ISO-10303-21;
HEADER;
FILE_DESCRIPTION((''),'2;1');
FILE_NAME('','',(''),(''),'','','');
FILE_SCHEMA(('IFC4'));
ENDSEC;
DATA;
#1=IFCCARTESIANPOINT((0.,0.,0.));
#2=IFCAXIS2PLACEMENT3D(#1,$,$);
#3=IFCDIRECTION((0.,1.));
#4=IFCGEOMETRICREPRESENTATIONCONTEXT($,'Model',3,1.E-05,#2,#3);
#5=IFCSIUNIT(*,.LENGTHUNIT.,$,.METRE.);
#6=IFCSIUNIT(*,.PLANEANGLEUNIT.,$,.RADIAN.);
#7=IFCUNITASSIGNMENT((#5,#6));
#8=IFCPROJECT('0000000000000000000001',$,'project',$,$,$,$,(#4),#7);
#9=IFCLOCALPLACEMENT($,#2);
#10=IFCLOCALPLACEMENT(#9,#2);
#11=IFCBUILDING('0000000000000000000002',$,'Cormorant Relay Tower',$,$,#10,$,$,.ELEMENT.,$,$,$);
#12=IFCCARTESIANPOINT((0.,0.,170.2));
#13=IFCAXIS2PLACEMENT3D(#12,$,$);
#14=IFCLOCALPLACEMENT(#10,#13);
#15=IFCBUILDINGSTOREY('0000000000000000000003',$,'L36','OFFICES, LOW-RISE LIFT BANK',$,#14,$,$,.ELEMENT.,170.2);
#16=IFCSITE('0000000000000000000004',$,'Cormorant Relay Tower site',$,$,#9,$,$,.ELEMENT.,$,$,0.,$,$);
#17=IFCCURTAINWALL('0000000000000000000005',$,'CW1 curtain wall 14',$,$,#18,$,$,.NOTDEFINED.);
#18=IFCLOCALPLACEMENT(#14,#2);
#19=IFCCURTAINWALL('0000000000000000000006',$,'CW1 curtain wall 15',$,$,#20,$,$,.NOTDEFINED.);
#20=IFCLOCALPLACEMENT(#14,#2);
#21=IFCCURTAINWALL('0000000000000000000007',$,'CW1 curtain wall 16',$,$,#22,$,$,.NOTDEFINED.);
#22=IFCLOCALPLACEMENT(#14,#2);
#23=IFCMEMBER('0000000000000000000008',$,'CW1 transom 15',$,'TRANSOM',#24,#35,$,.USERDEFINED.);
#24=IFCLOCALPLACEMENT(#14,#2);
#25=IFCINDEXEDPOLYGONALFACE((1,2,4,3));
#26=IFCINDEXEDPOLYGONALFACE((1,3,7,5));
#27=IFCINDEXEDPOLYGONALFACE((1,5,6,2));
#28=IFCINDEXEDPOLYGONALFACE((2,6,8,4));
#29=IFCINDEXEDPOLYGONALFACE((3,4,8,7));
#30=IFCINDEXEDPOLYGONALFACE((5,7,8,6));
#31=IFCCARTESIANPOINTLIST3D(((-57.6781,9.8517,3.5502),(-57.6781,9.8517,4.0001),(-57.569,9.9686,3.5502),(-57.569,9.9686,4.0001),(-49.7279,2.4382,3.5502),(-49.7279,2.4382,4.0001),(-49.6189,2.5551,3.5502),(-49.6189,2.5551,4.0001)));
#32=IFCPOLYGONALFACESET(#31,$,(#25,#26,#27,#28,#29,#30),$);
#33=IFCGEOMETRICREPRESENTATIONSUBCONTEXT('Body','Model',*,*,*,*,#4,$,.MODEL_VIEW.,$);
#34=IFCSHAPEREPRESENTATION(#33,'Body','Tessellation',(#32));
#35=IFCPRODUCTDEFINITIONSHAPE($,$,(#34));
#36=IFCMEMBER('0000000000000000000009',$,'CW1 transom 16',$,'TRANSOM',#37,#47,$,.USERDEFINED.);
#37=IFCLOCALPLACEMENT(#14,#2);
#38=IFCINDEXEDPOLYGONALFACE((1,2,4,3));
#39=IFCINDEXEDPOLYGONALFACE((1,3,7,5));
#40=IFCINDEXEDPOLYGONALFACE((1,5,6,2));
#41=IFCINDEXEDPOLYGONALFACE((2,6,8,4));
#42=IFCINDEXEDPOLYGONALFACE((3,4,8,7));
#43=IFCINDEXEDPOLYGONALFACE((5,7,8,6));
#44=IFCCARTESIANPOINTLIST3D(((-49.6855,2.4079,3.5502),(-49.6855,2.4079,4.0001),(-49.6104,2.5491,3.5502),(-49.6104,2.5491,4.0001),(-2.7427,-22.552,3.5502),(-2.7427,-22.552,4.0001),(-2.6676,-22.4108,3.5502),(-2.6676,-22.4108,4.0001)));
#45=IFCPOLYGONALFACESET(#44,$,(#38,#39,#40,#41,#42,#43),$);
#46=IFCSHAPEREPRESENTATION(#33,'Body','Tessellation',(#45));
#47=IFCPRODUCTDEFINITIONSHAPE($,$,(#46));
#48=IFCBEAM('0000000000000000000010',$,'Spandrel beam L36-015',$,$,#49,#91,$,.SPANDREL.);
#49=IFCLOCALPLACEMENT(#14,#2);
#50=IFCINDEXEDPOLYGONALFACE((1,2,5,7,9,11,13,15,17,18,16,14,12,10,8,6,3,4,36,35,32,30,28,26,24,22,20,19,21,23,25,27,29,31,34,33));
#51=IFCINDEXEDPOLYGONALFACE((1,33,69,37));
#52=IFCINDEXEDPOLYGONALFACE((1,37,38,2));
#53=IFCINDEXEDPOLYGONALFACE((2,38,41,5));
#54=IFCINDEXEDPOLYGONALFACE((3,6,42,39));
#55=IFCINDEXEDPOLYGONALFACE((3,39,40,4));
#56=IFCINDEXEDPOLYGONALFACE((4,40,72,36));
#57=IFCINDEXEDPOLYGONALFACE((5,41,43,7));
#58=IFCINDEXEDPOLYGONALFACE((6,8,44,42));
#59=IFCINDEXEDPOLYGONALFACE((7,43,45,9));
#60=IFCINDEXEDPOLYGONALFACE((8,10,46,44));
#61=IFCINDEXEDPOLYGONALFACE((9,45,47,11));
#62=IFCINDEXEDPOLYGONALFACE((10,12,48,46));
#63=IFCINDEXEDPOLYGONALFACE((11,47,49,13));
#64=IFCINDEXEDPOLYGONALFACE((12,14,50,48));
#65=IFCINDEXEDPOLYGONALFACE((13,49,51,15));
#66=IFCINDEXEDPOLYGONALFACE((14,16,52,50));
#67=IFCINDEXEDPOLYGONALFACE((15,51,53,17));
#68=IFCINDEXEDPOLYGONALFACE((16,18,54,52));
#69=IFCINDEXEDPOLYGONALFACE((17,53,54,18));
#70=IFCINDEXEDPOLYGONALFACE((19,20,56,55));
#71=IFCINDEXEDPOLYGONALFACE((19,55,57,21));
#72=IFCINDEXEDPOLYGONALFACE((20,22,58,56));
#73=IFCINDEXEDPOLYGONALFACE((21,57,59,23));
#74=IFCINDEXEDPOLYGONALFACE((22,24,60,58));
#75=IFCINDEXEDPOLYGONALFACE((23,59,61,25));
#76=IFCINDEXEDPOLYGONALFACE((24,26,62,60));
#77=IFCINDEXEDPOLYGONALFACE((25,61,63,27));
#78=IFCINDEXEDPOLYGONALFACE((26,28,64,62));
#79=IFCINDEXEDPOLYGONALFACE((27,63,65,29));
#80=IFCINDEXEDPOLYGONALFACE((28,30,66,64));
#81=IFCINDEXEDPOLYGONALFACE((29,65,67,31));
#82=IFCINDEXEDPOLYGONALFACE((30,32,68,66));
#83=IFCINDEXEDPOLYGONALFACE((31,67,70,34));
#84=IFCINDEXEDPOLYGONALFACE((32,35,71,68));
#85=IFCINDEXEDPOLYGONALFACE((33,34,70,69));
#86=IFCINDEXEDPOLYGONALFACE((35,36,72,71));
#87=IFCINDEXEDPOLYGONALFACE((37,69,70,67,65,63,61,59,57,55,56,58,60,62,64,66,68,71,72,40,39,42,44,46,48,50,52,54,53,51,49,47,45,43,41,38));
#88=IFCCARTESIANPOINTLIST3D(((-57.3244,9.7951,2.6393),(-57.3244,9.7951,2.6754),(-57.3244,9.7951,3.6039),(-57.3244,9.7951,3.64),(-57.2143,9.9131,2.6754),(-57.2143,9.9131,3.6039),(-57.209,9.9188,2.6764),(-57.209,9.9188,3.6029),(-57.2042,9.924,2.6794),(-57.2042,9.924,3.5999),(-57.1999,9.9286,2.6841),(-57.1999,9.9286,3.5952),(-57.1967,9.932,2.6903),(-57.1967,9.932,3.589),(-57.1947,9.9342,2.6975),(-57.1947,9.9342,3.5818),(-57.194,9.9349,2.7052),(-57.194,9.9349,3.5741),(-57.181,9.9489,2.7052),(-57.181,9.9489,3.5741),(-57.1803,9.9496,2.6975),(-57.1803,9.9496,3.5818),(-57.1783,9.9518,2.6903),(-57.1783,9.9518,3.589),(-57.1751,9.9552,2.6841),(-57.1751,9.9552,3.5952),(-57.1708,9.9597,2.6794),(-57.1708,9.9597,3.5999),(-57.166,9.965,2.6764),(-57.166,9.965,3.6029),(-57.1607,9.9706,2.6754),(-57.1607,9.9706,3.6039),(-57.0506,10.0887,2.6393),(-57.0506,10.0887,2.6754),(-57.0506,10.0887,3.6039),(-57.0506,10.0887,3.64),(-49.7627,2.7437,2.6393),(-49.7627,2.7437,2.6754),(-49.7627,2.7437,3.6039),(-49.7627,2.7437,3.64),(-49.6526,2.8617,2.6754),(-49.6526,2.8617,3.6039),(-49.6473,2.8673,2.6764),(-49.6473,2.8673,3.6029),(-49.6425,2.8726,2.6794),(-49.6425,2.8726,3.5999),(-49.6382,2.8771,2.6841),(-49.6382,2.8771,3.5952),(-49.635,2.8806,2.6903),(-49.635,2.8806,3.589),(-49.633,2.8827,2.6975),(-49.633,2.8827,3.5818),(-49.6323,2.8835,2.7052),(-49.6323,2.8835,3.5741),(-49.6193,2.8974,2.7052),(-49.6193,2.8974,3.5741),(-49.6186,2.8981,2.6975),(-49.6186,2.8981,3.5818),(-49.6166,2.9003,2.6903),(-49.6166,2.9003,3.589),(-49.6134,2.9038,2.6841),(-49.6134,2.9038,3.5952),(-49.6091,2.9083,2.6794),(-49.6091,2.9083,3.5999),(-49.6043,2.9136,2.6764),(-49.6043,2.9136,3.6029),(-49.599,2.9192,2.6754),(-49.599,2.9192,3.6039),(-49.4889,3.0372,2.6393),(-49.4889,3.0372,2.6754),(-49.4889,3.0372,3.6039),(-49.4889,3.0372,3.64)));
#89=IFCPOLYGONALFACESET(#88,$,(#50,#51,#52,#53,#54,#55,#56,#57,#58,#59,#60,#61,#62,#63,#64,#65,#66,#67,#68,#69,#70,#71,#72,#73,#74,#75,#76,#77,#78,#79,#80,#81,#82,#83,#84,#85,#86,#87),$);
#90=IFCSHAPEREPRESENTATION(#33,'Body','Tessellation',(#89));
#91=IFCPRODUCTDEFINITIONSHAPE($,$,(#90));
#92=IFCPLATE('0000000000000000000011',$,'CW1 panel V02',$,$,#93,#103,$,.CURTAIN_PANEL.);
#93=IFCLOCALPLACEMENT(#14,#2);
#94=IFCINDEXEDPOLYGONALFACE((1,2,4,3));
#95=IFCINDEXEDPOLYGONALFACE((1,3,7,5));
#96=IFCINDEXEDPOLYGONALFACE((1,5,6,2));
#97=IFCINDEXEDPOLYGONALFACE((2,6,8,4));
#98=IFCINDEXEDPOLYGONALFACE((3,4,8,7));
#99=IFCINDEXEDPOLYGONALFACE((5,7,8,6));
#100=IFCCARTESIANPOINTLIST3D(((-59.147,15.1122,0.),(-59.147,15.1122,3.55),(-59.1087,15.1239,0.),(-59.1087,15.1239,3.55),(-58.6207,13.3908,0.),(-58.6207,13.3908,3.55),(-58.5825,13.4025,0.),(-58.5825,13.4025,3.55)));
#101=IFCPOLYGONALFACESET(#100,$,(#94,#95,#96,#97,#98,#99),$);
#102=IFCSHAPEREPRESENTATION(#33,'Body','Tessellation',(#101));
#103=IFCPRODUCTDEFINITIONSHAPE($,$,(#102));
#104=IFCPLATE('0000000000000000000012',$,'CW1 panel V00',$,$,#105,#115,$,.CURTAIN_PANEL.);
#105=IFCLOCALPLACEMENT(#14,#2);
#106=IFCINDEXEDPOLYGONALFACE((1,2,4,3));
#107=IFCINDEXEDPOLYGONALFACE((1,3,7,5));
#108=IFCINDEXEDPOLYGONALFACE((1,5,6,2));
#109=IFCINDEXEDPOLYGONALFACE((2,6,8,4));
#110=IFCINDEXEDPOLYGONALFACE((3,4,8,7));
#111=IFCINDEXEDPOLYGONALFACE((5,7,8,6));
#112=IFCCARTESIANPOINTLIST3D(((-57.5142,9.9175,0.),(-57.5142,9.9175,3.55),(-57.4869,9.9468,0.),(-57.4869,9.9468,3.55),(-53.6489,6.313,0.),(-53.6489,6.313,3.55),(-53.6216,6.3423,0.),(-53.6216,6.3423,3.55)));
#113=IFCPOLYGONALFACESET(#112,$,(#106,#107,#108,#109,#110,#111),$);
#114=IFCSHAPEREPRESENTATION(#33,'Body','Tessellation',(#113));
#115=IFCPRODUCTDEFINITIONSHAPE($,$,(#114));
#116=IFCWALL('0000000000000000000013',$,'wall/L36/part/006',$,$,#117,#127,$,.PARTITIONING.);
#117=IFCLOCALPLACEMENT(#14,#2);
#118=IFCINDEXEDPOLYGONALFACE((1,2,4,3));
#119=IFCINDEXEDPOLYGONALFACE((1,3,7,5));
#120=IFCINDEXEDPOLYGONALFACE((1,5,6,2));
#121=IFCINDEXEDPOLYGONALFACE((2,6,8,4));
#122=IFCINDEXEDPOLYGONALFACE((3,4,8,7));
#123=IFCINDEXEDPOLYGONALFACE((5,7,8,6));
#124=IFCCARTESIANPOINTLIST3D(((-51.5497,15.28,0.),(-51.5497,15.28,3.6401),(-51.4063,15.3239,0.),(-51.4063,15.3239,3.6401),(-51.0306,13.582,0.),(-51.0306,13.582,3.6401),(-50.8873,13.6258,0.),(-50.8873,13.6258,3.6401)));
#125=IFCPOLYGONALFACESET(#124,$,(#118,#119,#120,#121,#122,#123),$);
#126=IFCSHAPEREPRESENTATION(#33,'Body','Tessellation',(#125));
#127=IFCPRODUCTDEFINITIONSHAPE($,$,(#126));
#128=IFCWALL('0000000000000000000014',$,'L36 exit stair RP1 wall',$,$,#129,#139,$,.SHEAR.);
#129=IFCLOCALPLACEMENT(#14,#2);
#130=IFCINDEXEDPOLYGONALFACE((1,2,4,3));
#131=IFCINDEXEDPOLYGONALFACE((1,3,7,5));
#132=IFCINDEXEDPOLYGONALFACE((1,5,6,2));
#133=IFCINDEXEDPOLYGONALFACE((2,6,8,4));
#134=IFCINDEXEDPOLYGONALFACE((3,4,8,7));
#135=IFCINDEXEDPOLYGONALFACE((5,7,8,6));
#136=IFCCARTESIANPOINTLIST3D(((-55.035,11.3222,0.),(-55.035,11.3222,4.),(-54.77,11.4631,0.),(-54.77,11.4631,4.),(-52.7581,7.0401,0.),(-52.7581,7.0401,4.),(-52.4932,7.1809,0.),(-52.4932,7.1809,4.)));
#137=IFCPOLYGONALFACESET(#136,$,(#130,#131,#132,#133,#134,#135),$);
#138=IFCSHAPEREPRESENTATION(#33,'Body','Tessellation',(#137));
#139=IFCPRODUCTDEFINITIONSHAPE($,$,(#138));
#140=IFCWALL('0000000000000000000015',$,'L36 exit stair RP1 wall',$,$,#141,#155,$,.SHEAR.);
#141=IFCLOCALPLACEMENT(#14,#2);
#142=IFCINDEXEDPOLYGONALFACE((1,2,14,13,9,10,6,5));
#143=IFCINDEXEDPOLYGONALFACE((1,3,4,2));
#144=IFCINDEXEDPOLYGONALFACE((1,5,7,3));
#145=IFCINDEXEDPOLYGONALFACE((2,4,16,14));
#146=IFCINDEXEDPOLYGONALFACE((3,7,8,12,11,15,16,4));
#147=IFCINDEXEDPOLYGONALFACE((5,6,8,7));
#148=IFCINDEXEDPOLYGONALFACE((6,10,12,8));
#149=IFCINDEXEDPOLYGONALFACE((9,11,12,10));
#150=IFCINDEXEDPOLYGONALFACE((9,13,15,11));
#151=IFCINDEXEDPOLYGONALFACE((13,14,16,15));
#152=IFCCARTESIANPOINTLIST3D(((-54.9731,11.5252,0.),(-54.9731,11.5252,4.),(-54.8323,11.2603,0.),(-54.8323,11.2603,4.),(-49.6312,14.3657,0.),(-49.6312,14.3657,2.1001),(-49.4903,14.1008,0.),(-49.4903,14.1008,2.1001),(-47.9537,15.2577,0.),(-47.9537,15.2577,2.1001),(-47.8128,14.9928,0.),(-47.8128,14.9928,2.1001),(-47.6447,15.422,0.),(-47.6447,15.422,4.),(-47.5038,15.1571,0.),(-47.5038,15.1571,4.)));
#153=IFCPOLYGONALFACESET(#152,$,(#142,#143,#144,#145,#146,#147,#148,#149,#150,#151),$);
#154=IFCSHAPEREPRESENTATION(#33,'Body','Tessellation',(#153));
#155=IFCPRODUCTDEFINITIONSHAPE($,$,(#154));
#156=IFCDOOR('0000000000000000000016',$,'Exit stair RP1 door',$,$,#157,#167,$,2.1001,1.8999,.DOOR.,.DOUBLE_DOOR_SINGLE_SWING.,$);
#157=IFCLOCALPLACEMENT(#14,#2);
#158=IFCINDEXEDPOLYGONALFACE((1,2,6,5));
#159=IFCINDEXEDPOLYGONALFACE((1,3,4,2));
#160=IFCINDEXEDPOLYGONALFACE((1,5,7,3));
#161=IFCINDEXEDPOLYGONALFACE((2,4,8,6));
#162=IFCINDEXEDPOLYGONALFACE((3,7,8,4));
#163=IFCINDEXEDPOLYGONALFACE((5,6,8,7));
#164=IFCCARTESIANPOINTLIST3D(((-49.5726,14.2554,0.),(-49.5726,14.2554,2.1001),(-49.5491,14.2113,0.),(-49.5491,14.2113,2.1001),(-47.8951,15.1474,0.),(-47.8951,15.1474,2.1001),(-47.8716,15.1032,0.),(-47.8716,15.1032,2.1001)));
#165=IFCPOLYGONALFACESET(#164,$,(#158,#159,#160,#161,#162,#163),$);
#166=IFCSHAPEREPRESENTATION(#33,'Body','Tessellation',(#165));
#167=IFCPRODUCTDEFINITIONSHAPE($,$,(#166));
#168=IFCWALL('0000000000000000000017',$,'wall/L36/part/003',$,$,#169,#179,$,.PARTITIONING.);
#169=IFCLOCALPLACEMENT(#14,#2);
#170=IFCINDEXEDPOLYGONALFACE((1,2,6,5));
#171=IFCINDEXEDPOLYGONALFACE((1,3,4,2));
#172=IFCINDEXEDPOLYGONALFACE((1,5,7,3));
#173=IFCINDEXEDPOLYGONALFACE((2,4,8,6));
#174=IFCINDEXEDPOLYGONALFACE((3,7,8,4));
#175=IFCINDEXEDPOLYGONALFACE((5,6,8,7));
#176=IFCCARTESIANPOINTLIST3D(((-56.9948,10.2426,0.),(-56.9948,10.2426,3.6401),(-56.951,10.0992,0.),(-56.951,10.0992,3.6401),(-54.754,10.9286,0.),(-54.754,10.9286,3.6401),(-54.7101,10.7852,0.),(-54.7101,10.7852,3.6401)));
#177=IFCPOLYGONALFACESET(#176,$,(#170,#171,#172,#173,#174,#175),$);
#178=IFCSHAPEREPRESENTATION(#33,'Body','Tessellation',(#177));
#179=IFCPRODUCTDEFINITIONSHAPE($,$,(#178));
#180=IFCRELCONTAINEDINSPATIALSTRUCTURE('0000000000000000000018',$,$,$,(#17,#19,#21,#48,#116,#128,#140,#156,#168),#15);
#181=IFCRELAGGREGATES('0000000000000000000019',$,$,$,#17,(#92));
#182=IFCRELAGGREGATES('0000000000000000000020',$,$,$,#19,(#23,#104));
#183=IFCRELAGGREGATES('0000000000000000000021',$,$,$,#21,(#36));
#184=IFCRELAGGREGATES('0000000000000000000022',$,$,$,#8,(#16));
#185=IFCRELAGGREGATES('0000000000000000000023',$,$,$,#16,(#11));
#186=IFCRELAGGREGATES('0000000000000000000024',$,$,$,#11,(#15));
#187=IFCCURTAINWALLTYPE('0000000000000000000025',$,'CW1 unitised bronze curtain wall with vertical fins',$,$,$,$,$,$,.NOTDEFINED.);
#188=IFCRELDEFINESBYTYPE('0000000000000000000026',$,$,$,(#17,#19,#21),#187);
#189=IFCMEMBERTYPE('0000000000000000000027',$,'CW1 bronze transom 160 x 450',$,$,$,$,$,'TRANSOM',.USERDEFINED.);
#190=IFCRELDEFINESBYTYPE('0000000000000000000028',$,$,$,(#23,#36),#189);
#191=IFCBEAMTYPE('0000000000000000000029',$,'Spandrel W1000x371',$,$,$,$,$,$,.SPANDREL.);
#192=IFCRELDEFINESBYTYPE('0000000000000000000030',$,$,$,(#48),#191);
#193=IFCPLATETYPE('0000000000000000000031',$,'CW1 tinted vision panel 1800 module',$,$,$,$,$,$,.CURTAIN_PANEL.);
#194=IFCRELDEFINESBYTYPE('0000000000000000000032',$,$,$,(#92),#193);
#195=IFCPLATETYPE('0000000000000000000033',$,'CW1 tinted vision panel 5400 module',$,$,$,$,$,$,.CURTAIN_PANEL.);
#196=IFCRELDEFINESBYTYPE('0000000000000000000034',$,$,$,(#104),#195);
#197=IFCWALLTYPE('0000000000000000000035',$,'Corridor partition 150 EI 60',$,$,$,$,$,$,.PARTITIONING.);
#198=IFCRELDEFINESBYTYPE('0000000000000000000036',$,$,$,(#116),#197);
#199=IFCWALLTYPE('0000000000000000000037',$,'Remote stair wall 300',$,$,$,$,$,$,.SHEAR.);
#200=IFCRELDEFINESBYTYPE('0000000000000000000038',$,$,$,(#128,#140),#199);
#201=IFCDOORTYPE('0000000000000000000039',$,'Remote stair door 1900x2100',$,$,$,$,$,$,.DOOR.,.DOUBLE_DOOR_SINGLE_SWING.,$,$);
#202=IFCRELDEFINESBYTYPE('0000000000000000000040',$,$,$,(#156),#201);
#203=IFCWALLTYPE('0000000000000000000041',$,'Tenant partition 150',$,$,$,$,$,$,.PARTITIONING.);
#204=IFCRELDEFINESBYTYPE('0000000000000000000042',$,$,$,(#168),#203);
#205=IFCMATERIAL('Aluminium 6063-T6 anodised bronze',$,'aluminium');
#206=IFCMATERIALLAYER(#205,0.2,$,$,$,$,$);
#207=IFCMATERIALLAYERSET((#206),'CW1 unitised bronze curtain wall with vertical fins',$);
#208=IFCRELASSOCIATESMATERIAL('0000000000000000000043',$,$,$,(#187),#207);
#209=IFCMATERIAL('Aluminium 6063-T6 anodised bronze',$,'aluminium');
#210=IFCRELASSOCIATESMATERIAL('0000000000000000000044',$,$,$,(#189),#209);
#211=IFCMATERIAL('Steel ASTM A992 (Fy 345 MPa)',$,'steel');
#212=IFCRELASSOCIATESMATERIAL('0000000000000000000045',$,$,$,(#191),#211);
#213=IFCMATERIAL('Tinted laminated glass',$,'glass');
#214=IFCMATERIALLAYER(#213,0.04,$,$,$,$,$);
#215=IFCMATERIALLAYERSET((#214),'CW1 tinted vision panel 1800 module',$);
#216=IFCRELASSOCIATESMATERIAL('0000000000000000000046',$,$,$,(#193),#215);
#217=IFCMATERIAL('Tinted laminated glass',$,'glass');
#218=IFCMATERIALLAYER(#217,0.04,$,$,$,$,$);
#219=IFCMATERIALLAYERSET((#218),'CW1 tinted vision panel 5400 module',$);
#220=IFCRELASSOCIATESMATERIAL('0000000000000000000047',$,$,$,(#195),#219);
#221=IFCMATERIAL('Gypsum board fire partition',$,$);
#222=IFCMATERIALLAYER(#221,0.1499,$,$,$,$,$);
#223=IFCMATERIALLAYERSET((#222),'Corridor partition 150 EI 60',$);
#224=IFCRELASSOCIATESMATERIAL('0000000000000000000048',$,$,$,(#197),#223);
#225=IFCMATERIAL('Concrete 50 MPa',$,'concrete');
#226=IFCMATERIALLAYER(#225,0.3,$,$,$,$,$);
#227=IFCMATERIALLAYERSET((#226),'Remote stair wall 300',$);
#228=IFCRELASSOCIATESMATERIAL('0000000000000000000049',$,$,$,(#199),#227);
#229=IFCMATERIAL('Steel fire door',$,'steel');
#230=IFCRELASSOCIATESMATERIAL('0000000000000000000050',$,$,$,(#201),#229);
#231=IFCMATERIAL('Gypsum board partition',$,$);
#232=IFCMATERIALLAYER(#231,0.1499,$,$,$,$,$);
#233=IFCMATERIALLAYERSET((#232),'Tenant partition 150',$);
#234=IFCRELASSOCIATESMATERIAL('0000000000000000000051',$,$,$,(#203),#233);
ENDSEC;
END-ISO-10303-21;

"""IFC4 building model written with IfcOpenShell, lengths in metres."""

from ifc_helpers import new_model, si_unit, direction, frame, frame_2d, origin, origin_2d, place, context, subcontext, project, spatial, rectangle, i_section, extrude, material, layer, layer_set, material_profile, profile_set, type_object, element, fill, aggregate, save


model = new_model("IFC4")

# Units and contexts
model_context = context("Model", 3, precision=1e-05, world=origin(), true_north=direction((0.0, 1.0)))
body_context = subcontext(model_context, "Body", "Model", "MODEL_VIEW")
ifc_project = project(units=[si_unit("LENGTHUNIT", "METRE"), si_unit("PLANEANGLEUNIT", "RADIAN")], contexts=[model_context])

# Site, building, storey
site_placement = place(None, origin())
site = spatial("IfcSite", under=ifc_project, at=site_placement, Name="Cormorant Relay Tower site", CompositionType="ELEMENT", RefElevation=0.0)
building_placement = place(site_placement, origin())
building = spatial("IfcBuilding", under=site, at=building_placement, Name="Cormorant Relay Tower", CompositionType="ELEMENT")
storey_placement = place(building_placement, frame((0.0, 0.0, 170.2)))
storey = spatial("IfcBuildingStorey", under=building, at=storey_placement, Name="L36", Description="OFFICES, LOW-RISE LIFT BANK", CompositionType="ELEMENT", Elevation=170.2)

# Curtain wall
ifc_material_1 = material(Name="Aluminium 6063-T6 anodised bronze", Category="aluminium")
ifc_layer_1 = layer(ifc_material_1, 0.2)
ifc_layer_set_1 = layer_set([ifc_layer_1], Name="CW1 unitised bronze curtain wall with vertical fins")
curtain_wall_type = type_object("IfcCurtainWallType", Name="CW1 unitised bronze curtain wall with vertical fins", PredefinedType="NOTDEFINED", material=ifc_layer_set_1)
curtain_wall_1_placement = place(storey_placement, origin())
curtain_wall_1 = element("IfcCurtainWall", 1, at=curtain_wall_1_placement, inside=storey, type_object=curtain_wall_type, Name="CW1 curtain wall 14", PredefinedType="NOTDEFINED")

# Curtain wall
curtain_wall_2_placement = place(storey_placement, origin())
curtain_wall_2 = element("IfcCurtainWall", 2, at=curtain_wall_2_placement, inside=storey, type_object=curtain_wall_type, Name="CW1 curtain wall 15", PredefinedType="NOTDEFINED")

# Curtain wall
curtain_wall_3_placement = place(storey_placement, origin())
curtain_wall_3 = element("IfcCurtainWall", 3, at=curtain_wall_3_placement, inside=storey, type_object=curtain_wall_type, Name="CW1 curtain wall 16", PredefinedType="NOTDEFINED")

# Members
ifc_material_2 = material(Name="Aluminium 6063-T6 anodised bronze", Category="aluminium")
ifc_material_profile_1 = material_profile(ifc_material_2, rectangle(XDim=0.1599, YDim=0.45, at=origin_2d()), Name="AL 160x450")
ifc_profile_set_1 = profile_set([ifc_material_profile_1], Name="Aluminium 6063-T6 anodised bronze")
member_type_1 = type_object("IfcMemberType", Name="CW1 bronze transom 160 x 450", ElementType="TRANSOM", PredefinedType="USERDEFINED", material=ifc_profile_set_1)
member_1_placement = place(storey_placement, frame((-57.6235, 9.9102, 3.7751), z_axis=(0.731358, -0.681993, 0.0), x_axis=(0.681993, 0.731358, 0.0)))
member_1 = element("IfcMember", 4, at=member_1_placement, type_object=member_type_1, Name="CW1 transom 15", ObjectType="TRANSOM", PredefinedType="USERDEFINED", context=body_context, shape_type="SweptSolid", body=[
    extrude(rectangle(XDim=0.1599, YDim=0.45, at=origin_2d()), origin(), (0.0, 0.0, 1.0), 10.8704),
])
member_2_placement = place(storey_placement, frame((-49.6479, 2.4785, 3.7751), z_axis=(0.882948, -0.469471, 0.0), x_axis=(0.469471, 0.882948, 0.0)))
member_2 = element("IfcMember", 5, at=member_2_placement, type_object=member_type_1, Name="CW1 transom 16", ObjectType="TRANSOM", PredefinedType="USERDEFINED", context=body_context, shape_type="SweptSolid", body=[
    extrude(rectangle(XDim=0.1599, YDim=0.45, at=origin_2d()), origin(), (0.0, 0.0, 1.0), 53.166),
])

# Beam
ifc_material_3 = material(Name="Steel ASTM A992 (Fy 345 MPa)", Category="steel")
ifc_material_profile_2 = material_profile(ifc_material_3, i_section(OverallWidth=0.4014, OverallDepth=1.0007, WebThickness=0.019, FlangeThickness=0.0361, FilletRadius=0.0298, at=origin_2d()), Name="W1000x371")
ifc_profile_set_2 = profile_set([ifc_material_profile_2], Name="Steel ASTM A992 (Fy 345 MPa)")
beam_type = type_object("IfcBeamType", Name="Spandrel W1000x371", PredefinedType="SPANDREL", material=ifc_profile_set_2)
beam_placement = place(storey_placement, frame((-57.1875, 9.9419, 3.1396), z_axis=(0.731351, -0.682001, 0.0), x_axis=(0.682001, 0.731351, 0.0)))
element("IfcBeam", 6, at=beam_placement, inside=storey, type_object=beam_type, Name="Spandrel beam L36-015", PredefinedType="SPANDREL", context=body_context, shape_type="SweptSolid", body=[
    extrude(i_section(OverallWidth=0.4014, OverallDepth=1.0007, WebThickness=0.019, FlangeThickness=0.0361, FilletRadius=0.0298, at=origin_2d()), origin(), (0.0, 0.0, 1.0), 10.3394),
])

# Plates
ifc_material_4 = material(Name="Tinted laminated glass", Category="glass")
ifc_layer_2 = layer(ifc_material_4, 0.04)
ifc_layer_set_2 = layer_set([ifc_layer_2], Name="CW1 tinted vision panel 1800 module")
plate_type_1 = type_object("IfcPlateType", Name="CW1 tinted vision panel 1800 module", PredefinedType="CURTAIN_PANEL", material=ifc_layer_set_2)
plate_1_placement = place(storey_placement, frame((-58.8647, 14.2573, 0.0), z_axis=(0.0, 0.0, 1.0), x_axis=(0.292372, -0.956305, 0.0)))
plate_1 = element("IfcPlate", 7, at=plate_1_placement, type_object=plate_type_1, Name="CW1 panel V02", PredefinedType="CURTAIN_PANEL", context=body_context, shape_type="SweptSolid", body=[
    extrude(rectangle(XDim=1.8, YDim=0.04, at=origin_2d()), origin(), (0.0, 0.0, 1.0), 3.55),
])
ifc_material_5 = material(Name="Tinted laminated glass", Category="glass")
ifc_layer_3 = layer(ifc_material_5, 0.04)
ifc_layer_set_3 = layer_set([ifc_layer_3], Name="CW1 tinted vision panel 5400 module")
plate_type_2 = type_object("IfcPlateType", Name="CW1 tinted vision panel 5400 module", PredefinedType="CURTAIN_PANEL", material=ifc_layer_set_3)
plate_2_placement = place(storey_placement, frame((-55.5679, 8.1299, 0.0), z_axis=(0.0, 0.0, 1.0), x_axis=(0.731354, -0.681998, 0.0)))
plate_2 = element("IfcPlate", 8, at=plate_2_placement, type_object=plate_type_2, Name="CW1 panel V00", PredefinedType="CURTAIN_PANEL", context=body_context, shape_type="SweptSolid", body=[
    extrude(rectangle(XDim=5.2852, YDim=0.04, at=origin_2d()), origin(), (0.0, 0.0, 1.0), 3.55),
])

# Walls
ifc_material_6 = material(Name="Gypsum board fire partition")
ifc_layer_4 = layer(ifc_material_6, 0.1499)
ifc_layer_set_4 = layer_set([ifc_layer_4], Name="Corridor partition 150 EI 60")
wall_type_1 = type_object("IfcWallType", Name="Corridor partition 150 EI 60", PredefinedType="PARTITIONING", material=ifc_layer_set_4)
wall_1_placement = place(storey_placement, frame((-50.959, 13.604, 0.0), z_axis=(0.0, 0.0, 1.0), x_axis=(-0.292327, 0.956318, 0.0)))
element("IfcWall", 9, at=wall_1_placement, inside=storey, type_object=wall_type_1, Name="wall/L36/part/006", PredefinedType="PARTITIONING", context=body_context, shape_type="SweptSolid", body=[
    extrude(rectangle(XDim=1.7756, YDim=0.1499, at=frame_2d((0.8877, 0.0))), origin(), (0.0, 0.0, 1.0), 3.6401),
])
ifc_material_7 = material(Name="Concrete 50 MPa", Category="concrete")
ifc_layer_5 = layer(ifc_material_7, 0.3)
ifc_layer_set_5 = layer_set([ifc_layer_5], Name="Remote stair wall 300")
wall_type_2 = type_object("IfcWallType", Name="Remote stair wall 300", PredefinedType="SHEAR", material=ifc_layer_set_5)
wall_2_placement = place(storey_placement, frame((-52.6257, 7.1106, 0.0), z_axis=(0.0, 0.0, 1.0), x_axis=(-0.469464, 0.882951, 0.0)))
element("IfcWall", 10, at=wall_2_placement, inside=storey, type_object=wall_type_2, Name="L36 exit stair RP1 wall", PredefinedType="SHEAR", context=body_context, shape_type="SweptSolid", body=[
    extrude(rectangle(XDim=4.8499, YDim=0.3, at=frame_2d((2.4248, 0.0))), origin(), (0.0, 0.0, 1.0), 4.0),
])

# Wall, opening, door
wall_3_placement = place(storey_placement, frame((-54.9026, 11.3928, 0.0), z_axis=(0.0, 0.0, 1.0), x_axis=(0.882939, 0.469487, 0.0)))
wall_3 = element("IfcWall", 11, at=wall_3_placement, inside=storey, type_object=wall_type_2, Name="L36 exit stair RP1 wall", PredefinedType="SHEAR", context=body_context, shape_type="SweptSolid", body=[
    extrude(rectangle(XDim=8.3, YDim=0.3, at=frame_2d((4.1499, 0.0))), origin(), (0.0, 0.0, 1.0), 4.0),
])
opening_placement = place(wall_3_placement, frame((6.05, 0.0, 0.0)))
opening = element("IfcOpeningElement", 12, at=opening_placement, cuts=wall_3, PredefinedType="OPENING", context=body_context, shape_type="SweptSolid", body=[
    extrude(rectangle(XDim=1.8999, YDim=2.1001, at=frame_2d((0.95, 1.05))), frame((0.0, 0.1599, 0.0), z_axis=(0.0, -1.0, 0.0), x_axis=(1.0, 0.0, 0.0)), (0.0, 0.0, 1.0), 0.3201),
])
ifc_material_8 = material(Name="Steel fire door", Category="steel")
door_type = type_object("IfcDoorType", Name="Remote stair door 1900x2100", OperationType="DOUBLE_DOOR_SINGLE_SWING", PredefinedType="DOOR", material=ifc_material_8)
door_placement = place(opening_placement, frame((1.8999, 0.0, 0.0), z_axis=(0.0, 0.0, 1.0), x_axis=(-1.0, 0.0, 0.0)))
door = element("IfcDoor", 13, at=door_placement, inside=storey, type_object=door_type, Name="Exit stair RP1 door", OperationType="DOUBLE_DOOR_SINGLE_SWING", OverallHeight=2.1001, OverallWidth=1.8999, PredefinedType="DOOR", context=body_context, shape_type="SweptSolid", body=[
    extrude(rectangle(XDim=1.8999, YDim=2.1001, at=frame_2d((0.95, 1.05))), frame((0.0, 0.0249, 0.0), z_axis=(0.0, -1.0, 0.0), x_axis=(1.0, 0.0, 0.0)), (0.0, 0.0, 1.0), 0.05),
])
fill(opening, door)

# Wall
ifc_material_9 = material(Name="Gypsum board partition")
ifc_layer_6 = layer(ifc_material_9, 0.1499)
ifc_layer_set_6 = layer_set([ifc_layer_6], Name="Tenant partition 150")
wall_type_3 = type_object("IfcWallType", Name="Tenant partition 150", PredefinedType="PARTITIONING", material=ifc_layer_set_6)
wall_4_placement = place(storey_placement, frame((-54.7319, 10.8569, 0.0), z_axis=(0.0, 0.0, 1.0), x_axis=(-0.956197, -0.292724, 0.0)))
element("IfcWall", 14, at=wall_4_placement, inside=storey, type_object=wall_type_3, Name="wall/L36/part/003", PredefinedType="PARTITIONING", context=body_context, shape_type="SweptSolid", body=[
    extrude(rectangle(XDim=2.3435, YDim=0.1499, at=frame_2d((1.1719, 0.0))), origin(), (0.0, 0.0, 1.0), 3.6401),
])

aggregate(curtain_wall_1, [plate_1])
aggregate(curtain_wall_2, [member_1, plate_2])
aggregate(curtain_wall_3, [member_2])

save(model, "model.ifc")
